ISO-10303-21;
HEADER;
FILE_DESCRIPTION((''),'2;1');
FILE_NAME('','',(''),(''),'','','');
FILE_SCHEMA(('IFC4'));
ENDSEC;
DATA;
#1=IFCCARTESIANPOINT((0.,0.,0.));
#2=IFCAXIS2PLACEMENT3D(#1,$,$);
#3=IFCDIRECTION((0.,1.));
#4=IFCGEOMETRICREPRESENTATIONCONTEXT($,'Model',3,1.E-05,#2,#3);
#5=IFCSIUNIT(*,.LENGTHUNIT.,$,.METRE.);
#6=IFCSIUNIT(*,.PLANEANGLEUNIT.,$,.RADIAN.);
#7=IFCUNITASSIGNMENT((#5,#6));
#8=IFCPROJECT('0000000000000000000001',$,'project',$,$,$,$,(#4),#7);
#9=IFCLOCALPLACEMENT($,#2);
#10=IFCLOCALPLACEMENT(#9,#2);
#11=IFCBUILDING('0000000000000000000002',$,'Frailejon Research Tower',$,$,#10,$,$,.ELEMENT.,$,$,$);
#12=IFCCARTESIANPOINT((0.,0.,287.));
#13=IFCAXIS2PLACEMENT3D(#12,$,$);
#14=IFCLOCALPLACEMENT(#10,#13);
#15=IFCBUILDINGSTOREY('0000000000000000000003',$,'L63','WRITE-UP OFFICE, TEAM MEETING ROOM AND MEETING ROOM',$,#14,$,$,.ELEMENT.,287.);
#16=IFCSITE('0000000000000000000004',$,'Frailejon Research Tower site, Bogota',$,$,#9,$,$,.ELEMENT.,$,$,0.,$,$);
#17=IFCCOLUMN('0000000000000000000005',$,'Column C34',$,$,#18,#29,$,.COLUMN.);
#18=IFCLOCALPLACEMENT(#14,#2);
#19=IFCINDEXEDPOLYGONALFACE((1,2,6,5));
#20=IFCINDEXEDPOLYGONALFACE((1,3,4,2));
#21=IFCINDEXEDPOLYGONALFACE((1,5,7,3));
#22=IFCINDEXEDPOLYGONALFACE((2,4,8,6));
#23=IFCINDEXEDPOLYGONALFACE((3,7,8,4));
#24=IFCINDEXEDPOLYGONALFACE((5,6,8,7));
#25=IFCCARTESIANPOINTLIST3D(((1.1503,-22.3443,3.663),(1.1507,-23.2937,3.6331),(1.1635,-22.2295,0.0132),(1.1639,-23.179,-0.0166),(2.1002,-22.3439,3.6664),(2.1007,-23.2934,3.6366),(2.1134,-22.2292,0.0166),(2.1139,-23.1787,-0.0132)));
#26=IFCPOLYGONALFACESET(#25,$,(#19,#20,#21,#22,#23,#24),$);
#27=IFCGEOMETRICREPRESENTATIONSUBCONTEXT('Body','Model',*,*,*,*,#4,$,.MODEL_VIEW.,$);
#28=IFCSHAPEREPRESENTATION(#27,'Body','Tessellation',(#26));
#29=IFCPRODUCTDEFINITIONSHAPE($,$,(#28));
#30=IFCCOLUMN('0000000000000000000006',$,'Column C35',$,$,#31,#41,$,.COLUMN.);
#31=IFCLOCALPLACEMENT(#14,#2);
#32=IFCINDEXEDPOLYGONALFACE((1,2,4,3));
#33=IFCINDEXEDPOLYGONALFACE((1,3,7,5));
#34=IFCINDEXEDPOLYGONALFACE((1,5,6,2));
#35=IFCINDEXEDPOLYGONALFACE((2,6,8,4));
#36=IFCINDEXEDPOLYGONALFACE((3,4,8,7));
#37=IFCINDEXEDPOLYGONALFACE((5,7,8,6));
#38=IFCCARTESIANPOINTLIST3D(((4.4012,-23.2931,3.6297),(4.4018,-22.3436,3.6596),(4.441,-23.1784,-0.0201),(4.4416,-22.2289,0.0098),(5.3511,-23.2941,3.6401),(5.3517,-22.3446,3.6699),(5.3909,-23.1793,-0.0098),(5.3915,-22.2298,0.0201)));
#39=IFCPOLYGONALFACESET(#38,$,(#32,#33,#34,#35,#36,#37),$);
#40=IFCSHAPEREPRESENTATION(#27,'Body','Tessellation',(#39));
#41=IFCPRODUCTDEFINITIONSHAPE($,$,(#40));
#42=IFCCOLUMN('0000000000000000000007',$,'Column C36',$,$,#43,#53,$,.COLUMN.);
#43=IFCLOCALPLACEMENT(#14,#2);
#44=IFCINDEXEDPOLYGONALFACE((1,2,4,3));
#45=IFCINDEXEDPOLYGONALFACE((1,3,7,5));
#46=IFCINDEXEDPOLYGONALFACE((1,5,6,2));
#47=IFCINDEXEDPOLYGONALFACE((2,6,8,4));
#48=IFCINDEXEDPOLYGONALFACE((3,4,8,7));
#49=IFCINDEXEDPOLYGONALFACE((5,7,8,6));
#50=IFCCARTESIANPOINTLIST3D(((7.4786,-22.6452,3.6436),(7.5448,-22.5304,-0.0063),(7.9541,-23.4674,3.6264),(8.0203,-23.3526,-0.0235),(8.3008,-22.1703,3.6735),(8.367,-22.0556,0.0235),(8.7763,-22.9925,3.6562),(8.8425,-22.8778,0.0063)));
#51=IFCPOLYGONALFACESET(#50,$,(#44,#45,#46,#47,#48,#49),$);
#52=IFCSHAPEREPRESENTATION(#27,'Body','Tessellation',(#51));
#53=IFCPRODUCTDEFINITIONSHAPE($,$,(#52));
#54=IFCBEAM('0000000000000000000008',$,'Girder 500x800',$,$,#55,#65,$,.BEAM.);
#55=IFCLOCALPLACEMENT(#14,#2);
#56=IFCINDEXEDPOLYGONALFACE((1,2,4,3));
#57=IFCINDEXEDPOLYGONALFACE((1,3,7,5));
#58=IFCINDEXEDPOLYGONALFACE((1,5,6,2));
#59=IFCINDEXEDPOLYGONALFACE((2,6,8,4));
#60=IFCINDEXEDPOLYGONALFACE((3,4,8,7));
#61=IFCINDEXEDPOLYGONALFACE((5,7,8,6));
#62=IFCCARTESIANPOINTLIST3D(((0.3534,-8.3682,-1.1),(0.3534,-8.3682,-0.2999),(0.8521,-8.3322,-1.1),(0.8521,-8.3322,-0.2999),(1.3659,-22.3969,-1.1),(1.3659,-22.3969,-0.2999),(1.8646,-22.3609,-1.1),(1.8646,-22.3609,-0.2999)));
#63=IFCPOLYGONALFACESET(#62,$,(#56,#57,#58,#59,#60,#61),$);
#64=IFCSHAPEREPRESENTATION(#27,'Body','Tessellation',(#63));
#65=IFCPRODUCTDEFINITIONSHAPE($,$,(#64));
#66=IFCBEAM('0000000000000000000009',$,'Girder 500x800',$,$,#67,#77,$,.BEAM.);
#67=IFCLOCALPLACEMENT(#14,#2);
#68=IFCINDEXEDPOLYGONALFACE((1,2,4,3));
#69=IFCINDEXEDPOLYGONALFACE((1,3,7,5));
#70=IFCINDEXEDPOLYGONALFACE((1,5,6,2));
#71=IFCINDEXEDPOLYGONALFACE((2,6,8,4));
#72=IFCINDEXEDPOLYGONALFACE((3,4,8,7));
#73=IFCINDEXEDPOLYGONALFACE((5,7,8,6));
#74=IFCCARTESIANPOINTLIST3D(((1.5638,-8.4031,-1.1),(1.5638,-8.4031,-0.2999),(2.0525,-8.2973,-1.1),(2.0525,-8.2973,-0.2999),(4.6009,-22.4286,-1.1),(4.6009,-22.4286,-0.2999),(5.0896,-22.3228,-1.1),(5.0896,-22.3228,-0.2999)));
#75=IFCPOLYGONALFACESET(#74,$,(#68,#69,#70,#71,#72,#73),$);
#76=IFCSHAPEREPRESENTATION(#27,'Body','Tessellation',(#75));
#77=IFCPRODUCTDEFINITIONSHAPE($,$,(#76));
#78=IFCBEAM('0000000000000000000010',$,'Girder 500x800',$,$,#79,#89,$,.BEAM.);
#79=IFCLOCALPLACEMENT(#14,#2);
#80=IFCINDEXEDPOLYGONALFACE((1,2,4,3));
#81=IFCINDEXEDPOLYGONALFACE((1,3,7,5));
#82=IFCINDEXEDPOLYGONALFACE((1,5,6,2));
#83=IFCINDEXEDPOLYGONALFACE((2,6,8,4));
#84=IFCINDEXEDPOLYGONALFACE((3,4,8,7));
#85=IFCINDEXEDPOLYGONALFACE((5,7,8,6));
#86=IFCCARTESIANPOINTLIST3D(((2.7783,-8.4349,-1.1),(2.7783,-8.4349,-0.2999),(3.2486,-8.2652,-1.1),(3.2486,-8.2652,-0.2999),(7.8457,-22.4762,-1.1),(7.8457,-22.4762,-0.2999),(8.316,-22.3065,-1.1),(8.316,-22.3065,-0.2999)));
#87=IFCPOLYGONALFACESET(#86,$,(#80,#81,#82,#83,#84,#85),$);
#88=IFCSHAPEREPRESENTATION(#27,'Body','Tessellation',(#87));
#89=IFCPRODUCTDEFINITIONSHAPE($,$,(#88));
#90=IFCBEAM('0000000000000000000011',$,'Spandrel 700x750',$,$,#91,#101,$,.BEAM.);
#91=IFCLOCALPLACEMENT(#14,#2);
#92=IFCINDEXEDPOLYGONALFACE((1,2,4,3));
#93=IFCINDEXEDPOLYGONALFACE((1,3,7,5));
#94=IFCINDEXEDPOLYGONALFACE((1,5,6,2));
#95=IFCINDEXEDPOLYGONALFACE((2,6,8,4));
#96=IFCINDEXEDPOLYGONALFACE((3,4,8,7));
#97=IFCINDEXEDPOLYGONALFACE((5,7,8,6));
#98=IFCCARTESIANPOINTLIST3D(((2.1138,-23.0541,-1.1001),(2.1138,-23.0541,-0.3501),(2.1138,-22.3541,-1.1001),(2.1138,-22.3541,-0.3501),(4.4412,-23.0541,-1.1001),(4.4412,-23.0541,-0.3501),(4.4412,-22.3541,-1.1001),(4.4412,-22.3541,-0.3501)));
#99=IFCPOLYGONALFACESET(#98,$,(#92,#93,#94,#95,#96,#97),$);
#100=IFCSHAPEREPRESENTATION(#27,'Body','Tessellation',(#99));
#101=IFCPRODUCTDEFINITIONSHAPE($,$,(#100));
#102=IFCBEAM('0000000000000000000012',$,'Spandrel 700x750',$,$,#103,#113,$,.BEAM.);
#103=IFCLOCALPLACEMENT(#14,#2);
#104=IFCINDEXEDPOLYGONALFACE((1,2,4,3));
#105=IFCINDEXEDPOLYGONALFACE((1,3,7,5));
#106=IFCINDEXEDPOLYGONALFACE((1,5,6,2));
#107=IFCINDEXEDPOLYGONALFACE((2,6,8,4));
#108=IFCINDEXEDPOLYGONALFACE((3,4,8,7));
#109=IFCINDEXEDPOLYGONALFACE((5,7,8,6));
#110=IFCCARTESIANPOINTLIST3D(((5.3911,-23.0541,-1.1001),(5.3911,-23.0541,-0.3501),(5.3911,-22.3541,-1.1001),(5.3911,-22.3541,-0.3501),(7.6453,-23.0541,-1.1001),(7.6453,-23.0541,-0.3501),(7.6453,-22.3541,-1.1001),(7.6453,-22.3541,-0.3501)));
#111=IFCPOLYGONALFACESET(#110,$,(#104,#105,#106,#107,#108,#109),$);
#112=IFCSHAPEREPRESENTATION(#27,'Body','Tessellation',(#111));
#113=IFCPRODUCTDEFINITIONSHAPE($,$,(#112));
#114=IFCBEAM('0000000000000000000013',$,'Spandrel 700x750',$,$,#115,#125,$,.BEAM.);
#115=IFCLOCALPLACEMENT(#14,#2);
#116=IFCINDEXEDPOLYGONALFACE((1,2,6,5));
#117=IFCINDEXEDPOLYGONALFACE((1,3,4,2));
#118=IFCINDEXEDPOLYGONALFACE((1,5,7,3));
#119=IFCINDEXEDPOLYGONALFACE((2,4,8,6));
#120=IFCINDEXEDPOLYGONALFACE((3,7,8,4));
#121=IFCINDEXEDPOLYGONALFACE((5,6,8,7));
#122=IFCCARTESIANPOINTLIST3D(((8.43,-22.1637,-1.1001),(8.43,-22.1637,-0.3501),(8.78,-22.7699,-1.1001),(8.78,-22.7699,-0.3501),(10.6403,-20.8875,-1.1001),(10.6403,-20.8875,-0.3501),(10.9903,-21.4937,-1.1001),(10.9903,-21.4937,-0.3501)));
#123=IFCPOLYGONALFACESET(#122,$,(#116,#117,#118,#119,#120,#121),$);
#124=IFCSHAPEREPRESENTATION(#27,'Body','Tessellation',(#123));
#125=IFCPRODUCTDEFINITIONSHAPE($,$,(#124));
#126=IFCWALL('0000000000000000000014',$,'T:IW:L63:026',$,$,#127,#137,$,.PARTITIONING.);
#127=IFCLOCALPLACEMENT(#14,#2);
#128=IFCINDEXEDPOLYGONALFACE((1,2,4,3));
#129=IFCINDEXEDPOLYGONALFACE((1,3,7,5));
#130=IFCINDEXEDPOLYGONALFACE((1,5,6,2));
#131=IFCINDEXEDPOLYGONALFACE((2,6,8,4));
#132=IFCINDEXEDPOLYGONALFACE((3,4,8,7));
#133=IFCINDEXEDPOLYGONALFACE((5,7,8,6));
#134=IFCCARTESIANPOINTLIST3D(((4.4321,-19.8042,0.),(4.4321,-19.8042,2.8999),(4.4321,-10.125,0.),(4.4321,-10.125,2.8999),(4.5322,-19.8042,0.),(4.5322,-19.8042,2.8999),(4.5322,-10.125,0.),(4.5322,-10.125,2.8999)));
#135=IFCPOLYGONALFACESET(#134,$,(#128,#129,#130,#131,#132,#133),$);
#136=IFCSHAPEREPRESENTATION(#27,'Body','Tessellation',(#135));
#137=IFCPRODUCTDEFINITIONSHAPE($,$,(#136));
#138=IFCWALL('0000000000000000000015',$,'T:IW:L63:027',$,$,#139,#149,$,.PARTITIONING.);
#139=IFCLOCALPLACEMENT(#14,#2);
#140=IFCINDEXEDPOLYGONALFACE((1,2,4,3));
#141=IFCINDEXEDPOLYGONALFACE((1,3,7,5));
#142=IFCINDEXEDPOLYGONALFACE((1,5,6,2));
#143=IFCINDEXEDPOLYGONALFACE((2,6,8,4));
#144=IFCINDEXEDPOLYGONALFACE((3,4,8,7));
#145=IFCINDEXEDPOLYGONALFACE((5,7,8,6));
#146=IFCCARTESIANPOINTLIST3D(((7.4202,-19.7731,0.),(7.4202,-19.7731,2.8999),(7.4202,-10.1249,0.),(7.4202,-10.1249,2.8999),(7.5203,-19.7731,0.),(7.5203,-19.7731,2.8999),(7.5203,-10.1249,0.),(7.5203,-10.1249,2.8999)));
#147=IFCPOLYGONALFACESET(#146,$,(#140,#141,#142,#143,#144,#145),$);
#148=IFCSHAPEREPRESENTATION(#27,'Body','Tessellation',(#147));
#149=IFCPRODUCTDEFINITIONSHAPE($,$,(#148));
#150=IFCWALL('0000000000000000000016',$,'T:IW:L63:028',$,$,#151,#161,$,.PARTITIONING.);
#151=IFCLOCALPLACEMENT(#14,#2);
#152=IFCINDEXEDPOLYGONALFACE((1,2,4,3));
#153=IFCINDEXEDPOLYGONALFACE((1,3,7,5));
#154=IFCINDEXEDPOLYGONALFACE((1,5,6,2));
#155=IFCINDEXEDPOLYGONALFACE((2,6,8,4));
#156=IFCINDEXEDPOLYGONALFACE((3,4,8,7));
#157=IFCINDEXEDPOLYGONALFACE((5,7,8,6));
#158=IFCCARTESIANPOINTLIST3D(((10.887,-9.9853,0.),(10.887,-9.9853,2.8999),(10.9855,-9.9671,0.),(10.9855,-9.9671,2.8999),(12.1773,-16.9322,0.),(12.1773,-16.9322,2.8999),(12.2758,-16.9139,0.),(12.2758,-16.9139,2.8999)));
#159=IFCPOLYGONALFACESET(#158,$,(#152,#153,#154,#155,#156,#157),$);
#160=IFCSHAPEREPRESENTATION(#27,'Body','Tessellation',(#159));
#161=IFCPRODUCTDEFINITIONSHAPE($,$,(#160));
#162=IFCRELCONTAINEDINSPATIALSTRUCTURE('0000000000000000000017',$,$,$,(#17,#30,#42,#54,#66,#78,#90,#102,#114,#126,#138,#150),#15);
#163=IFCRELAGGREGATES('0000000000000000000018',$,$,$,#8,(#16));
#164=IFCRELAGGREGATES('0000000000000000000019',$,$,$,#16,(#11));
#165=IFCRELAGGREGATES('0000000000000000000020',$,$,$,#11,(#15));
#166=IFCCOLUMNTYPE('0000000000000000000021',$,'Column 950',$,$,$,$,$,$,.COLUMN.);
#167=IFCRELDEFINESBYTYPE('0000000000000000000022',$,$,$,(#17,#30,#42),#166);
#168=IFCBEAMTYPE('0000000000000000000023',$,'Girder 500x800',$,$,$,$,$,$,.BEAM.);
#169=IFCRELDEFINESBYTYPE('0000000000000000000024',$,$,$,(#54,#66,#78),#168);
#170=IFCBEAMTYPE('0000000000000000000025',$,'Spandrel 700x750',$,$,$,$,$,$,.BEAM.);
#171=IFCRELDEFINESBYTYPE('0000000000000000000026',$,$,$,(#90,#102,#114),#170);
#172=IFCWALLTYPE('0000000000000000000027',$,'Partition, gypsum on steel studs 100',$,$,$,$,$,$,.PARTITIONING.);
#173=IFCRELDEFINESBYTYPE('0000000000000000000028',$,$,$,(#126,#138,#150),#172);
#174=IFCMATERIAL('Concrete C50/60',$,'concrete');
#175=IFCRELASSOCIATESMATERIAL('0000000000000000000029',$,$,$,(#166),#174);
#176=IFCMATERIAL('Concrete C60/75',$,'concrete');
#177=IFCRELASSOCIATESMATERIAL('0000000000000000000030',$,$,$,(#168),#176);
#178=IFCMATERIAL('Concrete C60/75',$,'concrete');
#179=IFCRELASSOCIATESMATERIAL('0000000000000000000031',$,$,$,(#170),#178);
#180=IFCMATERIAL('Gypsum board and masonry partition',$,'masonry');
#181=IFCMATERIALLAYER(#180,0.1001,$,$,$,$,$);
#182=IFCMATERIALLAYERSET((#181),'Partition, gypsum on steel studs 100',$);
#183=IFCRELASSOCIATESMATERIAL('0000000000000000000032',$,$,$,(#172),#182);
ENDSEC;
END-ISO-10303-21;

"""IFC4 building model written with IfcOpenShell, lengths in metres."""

from ifc_helpers import new_model, si_unit, direction, frame, frame_2d, origin, origin_2d, place, context, subcontext, project, spatial, rectangle, extrude, material, layer, layer_set, material_profile, profile_set, type_object, element, save


model = new_model("IFC4")

# Units and contexts
model_context = context("Model", 3, precision=1e-05, world=origin(), true_north=direction((0.0, 1.0)))
body_context = subcontext(model_context, "Body", "Model", "MODEL_VIEW")
ifc_project = project(units=[si_unit("LENGTHUNIT", "METRE"), si_unit("PLANEANGLEUNIT", "RADIAN")], contexts=[model_context])

# Site, building, storey
site_placement = place(None, origin())
site = spatial("IfcSite", under=ifc_project, at=site_placement, Name="Frailejon Research Tower site, Bogota", CompositionType="ELEMENT", RefElevation=0.0)
building_placement = place(site_placement, origin())
building = spatial("IfcBuilding", under=site, at=building_placement, Name="Frailejon Research Tower", CompositionType="ELEMENT")
storey_placement = place(building_placement, frame((0.0, 0.0, 287.0)))
storey = spatial("IfcBuildingStorey", under=building, at=storey_placement, Name="L63", Description="WRITE-UP OFFICE, TEAM MEETING ROOM AND MEETING ROOM", CompositionType="ELEMENT", Elevation=287.0)

# Columns
ifc_material_1 = material(Name="Concrete C50/60", Category="concrete")
ifc_material_profile_1 = material_profile(ifc_material_1, rectangle(XDim=0.95, YDim=0.95, at=origin_2d()), Name="Column 950")
ifc_profile_set_1 = profile_set([ifc_material_profile_1], Name="Concrete C50/60")
column_type = type_object("IfcColumnType", Name="Column 950", PredefinedType="COLUMN", material=ifc_profile_set_1)
column_1_placement = place(storey_placement, frame((1.6387, -22.7041, 0.0), z_axis=(-0.00361, -0.031422, 0.9995), x_axis=(0.999993, 0.000341, 0.003623)))
element("IfcColumn", 1, at=column_1_placement, inside=storey, type_object=column_type, Name="Column C34", PredefinedType="COLUMN", context=body_context, shape_type="SweptSolid", body=[
    extrude(rectangle(XDim=0.95, YDim=0.95, at=origin_2d()), origin(), (0.0, 0.0, 1.0), 3.6516),
])
column_2_placement = place(storey_placement, frame((4.9163, -22.7041, 0.0), z_axis=(-0.010897, -0.031421, 0.999447), x_axis=(0.99994, -0.001008, 0.010871)))
element("IfcColumn", 2, at=column_2_placement, inside=storey, type_object=column_type, Name="Column C35", PredefinedType="COLUMN", context=body_context, shape_type="SweptSolid", body=[
    extrude(rectangle(XDim=0.95, YDim=0.95, at=origin_2d()), origin(), (0.0, 0.0, 1.0), 3.6519),
])
column_3_placement = place(storey_placement, frame((8.1936, -22.7041, 0.0), z_axis=(-0.018115, -0.031417, 0.999342), x_axis=(0.86552, 0.499889, 0.031405)))
element("IfcColumn", 3, at=column_3_placement, inside=storey, type_object=column_type, Name="Column C36", PredefinedType="COLUMN", context=body_context, shape_type="SweptSolid", body=[
    extrude(rectangle(XDim=0.95, YDim=0.95, at=origin_2d()), origin(), (0.0, 0.0, 1.0), 3.6523),
])

# Beams
ifc_material_2 = material(Name="Concrete C60/75", Category="concrete")
ifc_material_profile_2 = material_profile(ifc_material_2, rectangle(XDim=0.5, YDim=0.8, at=origin_2d()), Name="Girder 500x800")
ifc_profile_set_2 = profile_set([ifc_material_profile_2], Name="Concrete C60/75")
beam_type_1 = type_object("IfcBeamType", Name="Girder 500x800", PredefinedType="BEAM", material=ifc_profile_set_2)
beam_1_placement = place(storey_placement, frame((1.6152, -22.3789, -0.7), z_axis=(-0.071982, 0.997406, 0.0), x_axis=(-0.997406, -0.071982, 0.0)))
element("IfcBeam", 4, at=beam_1_placement, inside=storey, type_object=beam_type_1, Name="Girder 500x800", PredefinedType="BEAM", context=body_context, shape_type="SweptSolid", body=[
    extrude(rectangle(XDim=0.5, YDim=0.8, at=origin_2d()), origin(), (0.0, 0.0, 1.0), 14.0652),
])
beam_2_placement = place(storey_placement, frame((4.8452, -22.3757, -0.7), z_axis=(-0.211635, 0.977349, 0.0), x_axis=(-0.977349, -0.211635, 0.0)))
element("IfcBeam", 5, at=beam_2_placement, inside=storey, type_object=beam_type_1, Name="Girder 500x800", PredefinedType="BEAM", context=body_context, shape_type="SweptSolid", body=[
    extrude(rectangle(XDim=0.5, YDim=0.8, at=origin_2d()), origin(), (0.0, 0.0, 1.0), 14.3506),
])
beam_3_placement = place(storey_placement, frame((8.0808, -22.3914, -0.7), z_axis=(-0.339462, 0.94062, 0.0), x_axis=(-0.94062, -0.339462, 0.0)))
element("IfcBeam", 6, at=beam_3_placement, inside=storey, type_object=beam_type_1, Name="Girder 500x800", PredefinedType="BEAM", context=body_context, shape_type="SweptSolid", body=[
    extrude(rectangle(XDim=0.5, YDim=0.8, at=origin_2d()), origin(), (0.0, 0.0, 1.0), 14.9277),
])
ifc_material_3 = material(Name="Concrete C60/75", Category="concrete")
ifc_material_profile_3 = material_profile(ifc_material_3, rectangle(XDim=0.7, YDim=0.75, at=origin_2d()), Name="Spandrel 700x750")
ifc_profile_set_3 = profile_set([ifc_material_profile_3], Name="Concrete C60/75")
beam_type_2 = type_object("IfcBeamType", Name="Spandrel 700x750", PredefinedType="BEAM", material=ifc_profile_set_3)
beam_4_placement = place(storey_placement, frame((2.1138, -22.7041, -0.7251), z_axis=(1.0, 0.0, 0.0), x_axis=(0.0, 1.0, 0.0)))
element("IfcBeam", 7, at=beam_4_placement, inside=storey, type_object=beam_type_2, Name="Spandrel 700x750", PredefinedType="BEAM", context=body_context, shape_type="SweptSolid", body=[
    extrude(rectangle(XDim=0.7, YDim=0.75, at=origin_2d()), origin(), (0.0, 0.0, 1.0), 2.3274),
])
beam_5_placement = place(storey_placement, frame((5.3911, -22.7041, -0.7251), z_axis=(1.0, 0.0, 0.0), x_axis=(0.0, 1.0, 0.0)))
element("IfcBeam", 8, at=beam_5_placement, inside=storey, type_object=beam_type_2, Name="Spandrel 700x750", PredefinedType="BEAM", context=body_context, shape_type="SweptSolid", body=[
    extrude(rectangle(XDim=0.7, YDim=0.75, at=origin_2d()), origin(), (0.0, 0.0, 1.0), 2.2542),
])
beam_6_placement = place(storey_placement, frame((8.605, -22.4668, -0.7251), z_axis=(0.866015, 0.500018, 0.0), x_axis=(-0.500018, 0.866015, 0.0)))
element("IfcBeam", 9, at=beam_6_placement, inside=storey, type_object=beam_type_2, Name="Spandrel 700x750", PredefinedType="BEAM", context=body_context, shape_type="SweptSolid", body=[
    extrude(rectangle(XDim=0.7, YDim=0.75, at=origin_2d()), origin(), (0.0, 0.0, 1.0), 2.5522),
])

# Walls
ifc_material_4 = material(Name="Gypsum board and masonry partition", Category="masonry")
ifc_layer_1 = layer(ifc_material_4, 0.1001)
ifc_layer_set_1 = layer_set([ifc_layer_1], Name="Partition, gypsum on steel studs 100")
wall_type_1 = type_object("IfcWallType", Name="Partition, gypsum on steel studs 100", PredefinedType="PARTITIONING", material=ifc_layer_set_1)
wall_1_placement = place(storey_placement, frame((4.4822, -19.8042, 0.0), z_axis=(0.0, 0.0, 1.0), x_axis=(0.0, 1.0, 0.0)))
element("IfcWall", 10, at=wall_1_placement, inside=storey, type_object=wall_type_1, Name="T:IW:L63:026", PredefinedType="PARTITIONING", context=body_context, shape_type="SweptSolid", body=[
    extrude(rectangle(XDim=9.6792, YDim=0.1001, at=frame_2d((4.8396, 0.0))), origin(), (0.0, 0.0, 1.0), 2.8999),
])
wall_2_placement = place(storey_placement, frame((7.4702, -19.7732, 0.0), z_axis=(0.0, 0.0, 1.0), x_axis=(0.0, 1.0, 0.0)))
element("IfcWall", 11, at=wall_2_placement, inside=storey, type_object=wall_type_1, Name="T:IW:L63:027", PredefinedType="PARTITIONING", context=body_context, shape_type="SweptSolid", body=[
    extrude(rectangle(XDim=9.6482, YDim=0.1001, at=frame_2d((4.8242, 0.0))), origin(), (0.0, 0.0, 1.0), 2.8999),
])
wall_3_placement = place(storey_placement, frame((10.9363, -9.9763, 0.0), z_axis=(0.0, 0.0, 1.0), x_axis=(0.182615, -0.983184, 0.0)))
element("IfcWall", 12, at=wall_3_placement, inside=storey, type_object=wall_type_1, Name="T:IW:L63:028", PredefinedType="PARTITIONING", context=body_context, shape_type="SweptSolid", body=[
    extrude(rectangle(XDim=7.0657, YDim=0.1001, at=frame_2d((3.5327, 0.0))), origin(), (0.0, 0.0, 1.0), 2.8999),
])

save(model, "model.ifc")
